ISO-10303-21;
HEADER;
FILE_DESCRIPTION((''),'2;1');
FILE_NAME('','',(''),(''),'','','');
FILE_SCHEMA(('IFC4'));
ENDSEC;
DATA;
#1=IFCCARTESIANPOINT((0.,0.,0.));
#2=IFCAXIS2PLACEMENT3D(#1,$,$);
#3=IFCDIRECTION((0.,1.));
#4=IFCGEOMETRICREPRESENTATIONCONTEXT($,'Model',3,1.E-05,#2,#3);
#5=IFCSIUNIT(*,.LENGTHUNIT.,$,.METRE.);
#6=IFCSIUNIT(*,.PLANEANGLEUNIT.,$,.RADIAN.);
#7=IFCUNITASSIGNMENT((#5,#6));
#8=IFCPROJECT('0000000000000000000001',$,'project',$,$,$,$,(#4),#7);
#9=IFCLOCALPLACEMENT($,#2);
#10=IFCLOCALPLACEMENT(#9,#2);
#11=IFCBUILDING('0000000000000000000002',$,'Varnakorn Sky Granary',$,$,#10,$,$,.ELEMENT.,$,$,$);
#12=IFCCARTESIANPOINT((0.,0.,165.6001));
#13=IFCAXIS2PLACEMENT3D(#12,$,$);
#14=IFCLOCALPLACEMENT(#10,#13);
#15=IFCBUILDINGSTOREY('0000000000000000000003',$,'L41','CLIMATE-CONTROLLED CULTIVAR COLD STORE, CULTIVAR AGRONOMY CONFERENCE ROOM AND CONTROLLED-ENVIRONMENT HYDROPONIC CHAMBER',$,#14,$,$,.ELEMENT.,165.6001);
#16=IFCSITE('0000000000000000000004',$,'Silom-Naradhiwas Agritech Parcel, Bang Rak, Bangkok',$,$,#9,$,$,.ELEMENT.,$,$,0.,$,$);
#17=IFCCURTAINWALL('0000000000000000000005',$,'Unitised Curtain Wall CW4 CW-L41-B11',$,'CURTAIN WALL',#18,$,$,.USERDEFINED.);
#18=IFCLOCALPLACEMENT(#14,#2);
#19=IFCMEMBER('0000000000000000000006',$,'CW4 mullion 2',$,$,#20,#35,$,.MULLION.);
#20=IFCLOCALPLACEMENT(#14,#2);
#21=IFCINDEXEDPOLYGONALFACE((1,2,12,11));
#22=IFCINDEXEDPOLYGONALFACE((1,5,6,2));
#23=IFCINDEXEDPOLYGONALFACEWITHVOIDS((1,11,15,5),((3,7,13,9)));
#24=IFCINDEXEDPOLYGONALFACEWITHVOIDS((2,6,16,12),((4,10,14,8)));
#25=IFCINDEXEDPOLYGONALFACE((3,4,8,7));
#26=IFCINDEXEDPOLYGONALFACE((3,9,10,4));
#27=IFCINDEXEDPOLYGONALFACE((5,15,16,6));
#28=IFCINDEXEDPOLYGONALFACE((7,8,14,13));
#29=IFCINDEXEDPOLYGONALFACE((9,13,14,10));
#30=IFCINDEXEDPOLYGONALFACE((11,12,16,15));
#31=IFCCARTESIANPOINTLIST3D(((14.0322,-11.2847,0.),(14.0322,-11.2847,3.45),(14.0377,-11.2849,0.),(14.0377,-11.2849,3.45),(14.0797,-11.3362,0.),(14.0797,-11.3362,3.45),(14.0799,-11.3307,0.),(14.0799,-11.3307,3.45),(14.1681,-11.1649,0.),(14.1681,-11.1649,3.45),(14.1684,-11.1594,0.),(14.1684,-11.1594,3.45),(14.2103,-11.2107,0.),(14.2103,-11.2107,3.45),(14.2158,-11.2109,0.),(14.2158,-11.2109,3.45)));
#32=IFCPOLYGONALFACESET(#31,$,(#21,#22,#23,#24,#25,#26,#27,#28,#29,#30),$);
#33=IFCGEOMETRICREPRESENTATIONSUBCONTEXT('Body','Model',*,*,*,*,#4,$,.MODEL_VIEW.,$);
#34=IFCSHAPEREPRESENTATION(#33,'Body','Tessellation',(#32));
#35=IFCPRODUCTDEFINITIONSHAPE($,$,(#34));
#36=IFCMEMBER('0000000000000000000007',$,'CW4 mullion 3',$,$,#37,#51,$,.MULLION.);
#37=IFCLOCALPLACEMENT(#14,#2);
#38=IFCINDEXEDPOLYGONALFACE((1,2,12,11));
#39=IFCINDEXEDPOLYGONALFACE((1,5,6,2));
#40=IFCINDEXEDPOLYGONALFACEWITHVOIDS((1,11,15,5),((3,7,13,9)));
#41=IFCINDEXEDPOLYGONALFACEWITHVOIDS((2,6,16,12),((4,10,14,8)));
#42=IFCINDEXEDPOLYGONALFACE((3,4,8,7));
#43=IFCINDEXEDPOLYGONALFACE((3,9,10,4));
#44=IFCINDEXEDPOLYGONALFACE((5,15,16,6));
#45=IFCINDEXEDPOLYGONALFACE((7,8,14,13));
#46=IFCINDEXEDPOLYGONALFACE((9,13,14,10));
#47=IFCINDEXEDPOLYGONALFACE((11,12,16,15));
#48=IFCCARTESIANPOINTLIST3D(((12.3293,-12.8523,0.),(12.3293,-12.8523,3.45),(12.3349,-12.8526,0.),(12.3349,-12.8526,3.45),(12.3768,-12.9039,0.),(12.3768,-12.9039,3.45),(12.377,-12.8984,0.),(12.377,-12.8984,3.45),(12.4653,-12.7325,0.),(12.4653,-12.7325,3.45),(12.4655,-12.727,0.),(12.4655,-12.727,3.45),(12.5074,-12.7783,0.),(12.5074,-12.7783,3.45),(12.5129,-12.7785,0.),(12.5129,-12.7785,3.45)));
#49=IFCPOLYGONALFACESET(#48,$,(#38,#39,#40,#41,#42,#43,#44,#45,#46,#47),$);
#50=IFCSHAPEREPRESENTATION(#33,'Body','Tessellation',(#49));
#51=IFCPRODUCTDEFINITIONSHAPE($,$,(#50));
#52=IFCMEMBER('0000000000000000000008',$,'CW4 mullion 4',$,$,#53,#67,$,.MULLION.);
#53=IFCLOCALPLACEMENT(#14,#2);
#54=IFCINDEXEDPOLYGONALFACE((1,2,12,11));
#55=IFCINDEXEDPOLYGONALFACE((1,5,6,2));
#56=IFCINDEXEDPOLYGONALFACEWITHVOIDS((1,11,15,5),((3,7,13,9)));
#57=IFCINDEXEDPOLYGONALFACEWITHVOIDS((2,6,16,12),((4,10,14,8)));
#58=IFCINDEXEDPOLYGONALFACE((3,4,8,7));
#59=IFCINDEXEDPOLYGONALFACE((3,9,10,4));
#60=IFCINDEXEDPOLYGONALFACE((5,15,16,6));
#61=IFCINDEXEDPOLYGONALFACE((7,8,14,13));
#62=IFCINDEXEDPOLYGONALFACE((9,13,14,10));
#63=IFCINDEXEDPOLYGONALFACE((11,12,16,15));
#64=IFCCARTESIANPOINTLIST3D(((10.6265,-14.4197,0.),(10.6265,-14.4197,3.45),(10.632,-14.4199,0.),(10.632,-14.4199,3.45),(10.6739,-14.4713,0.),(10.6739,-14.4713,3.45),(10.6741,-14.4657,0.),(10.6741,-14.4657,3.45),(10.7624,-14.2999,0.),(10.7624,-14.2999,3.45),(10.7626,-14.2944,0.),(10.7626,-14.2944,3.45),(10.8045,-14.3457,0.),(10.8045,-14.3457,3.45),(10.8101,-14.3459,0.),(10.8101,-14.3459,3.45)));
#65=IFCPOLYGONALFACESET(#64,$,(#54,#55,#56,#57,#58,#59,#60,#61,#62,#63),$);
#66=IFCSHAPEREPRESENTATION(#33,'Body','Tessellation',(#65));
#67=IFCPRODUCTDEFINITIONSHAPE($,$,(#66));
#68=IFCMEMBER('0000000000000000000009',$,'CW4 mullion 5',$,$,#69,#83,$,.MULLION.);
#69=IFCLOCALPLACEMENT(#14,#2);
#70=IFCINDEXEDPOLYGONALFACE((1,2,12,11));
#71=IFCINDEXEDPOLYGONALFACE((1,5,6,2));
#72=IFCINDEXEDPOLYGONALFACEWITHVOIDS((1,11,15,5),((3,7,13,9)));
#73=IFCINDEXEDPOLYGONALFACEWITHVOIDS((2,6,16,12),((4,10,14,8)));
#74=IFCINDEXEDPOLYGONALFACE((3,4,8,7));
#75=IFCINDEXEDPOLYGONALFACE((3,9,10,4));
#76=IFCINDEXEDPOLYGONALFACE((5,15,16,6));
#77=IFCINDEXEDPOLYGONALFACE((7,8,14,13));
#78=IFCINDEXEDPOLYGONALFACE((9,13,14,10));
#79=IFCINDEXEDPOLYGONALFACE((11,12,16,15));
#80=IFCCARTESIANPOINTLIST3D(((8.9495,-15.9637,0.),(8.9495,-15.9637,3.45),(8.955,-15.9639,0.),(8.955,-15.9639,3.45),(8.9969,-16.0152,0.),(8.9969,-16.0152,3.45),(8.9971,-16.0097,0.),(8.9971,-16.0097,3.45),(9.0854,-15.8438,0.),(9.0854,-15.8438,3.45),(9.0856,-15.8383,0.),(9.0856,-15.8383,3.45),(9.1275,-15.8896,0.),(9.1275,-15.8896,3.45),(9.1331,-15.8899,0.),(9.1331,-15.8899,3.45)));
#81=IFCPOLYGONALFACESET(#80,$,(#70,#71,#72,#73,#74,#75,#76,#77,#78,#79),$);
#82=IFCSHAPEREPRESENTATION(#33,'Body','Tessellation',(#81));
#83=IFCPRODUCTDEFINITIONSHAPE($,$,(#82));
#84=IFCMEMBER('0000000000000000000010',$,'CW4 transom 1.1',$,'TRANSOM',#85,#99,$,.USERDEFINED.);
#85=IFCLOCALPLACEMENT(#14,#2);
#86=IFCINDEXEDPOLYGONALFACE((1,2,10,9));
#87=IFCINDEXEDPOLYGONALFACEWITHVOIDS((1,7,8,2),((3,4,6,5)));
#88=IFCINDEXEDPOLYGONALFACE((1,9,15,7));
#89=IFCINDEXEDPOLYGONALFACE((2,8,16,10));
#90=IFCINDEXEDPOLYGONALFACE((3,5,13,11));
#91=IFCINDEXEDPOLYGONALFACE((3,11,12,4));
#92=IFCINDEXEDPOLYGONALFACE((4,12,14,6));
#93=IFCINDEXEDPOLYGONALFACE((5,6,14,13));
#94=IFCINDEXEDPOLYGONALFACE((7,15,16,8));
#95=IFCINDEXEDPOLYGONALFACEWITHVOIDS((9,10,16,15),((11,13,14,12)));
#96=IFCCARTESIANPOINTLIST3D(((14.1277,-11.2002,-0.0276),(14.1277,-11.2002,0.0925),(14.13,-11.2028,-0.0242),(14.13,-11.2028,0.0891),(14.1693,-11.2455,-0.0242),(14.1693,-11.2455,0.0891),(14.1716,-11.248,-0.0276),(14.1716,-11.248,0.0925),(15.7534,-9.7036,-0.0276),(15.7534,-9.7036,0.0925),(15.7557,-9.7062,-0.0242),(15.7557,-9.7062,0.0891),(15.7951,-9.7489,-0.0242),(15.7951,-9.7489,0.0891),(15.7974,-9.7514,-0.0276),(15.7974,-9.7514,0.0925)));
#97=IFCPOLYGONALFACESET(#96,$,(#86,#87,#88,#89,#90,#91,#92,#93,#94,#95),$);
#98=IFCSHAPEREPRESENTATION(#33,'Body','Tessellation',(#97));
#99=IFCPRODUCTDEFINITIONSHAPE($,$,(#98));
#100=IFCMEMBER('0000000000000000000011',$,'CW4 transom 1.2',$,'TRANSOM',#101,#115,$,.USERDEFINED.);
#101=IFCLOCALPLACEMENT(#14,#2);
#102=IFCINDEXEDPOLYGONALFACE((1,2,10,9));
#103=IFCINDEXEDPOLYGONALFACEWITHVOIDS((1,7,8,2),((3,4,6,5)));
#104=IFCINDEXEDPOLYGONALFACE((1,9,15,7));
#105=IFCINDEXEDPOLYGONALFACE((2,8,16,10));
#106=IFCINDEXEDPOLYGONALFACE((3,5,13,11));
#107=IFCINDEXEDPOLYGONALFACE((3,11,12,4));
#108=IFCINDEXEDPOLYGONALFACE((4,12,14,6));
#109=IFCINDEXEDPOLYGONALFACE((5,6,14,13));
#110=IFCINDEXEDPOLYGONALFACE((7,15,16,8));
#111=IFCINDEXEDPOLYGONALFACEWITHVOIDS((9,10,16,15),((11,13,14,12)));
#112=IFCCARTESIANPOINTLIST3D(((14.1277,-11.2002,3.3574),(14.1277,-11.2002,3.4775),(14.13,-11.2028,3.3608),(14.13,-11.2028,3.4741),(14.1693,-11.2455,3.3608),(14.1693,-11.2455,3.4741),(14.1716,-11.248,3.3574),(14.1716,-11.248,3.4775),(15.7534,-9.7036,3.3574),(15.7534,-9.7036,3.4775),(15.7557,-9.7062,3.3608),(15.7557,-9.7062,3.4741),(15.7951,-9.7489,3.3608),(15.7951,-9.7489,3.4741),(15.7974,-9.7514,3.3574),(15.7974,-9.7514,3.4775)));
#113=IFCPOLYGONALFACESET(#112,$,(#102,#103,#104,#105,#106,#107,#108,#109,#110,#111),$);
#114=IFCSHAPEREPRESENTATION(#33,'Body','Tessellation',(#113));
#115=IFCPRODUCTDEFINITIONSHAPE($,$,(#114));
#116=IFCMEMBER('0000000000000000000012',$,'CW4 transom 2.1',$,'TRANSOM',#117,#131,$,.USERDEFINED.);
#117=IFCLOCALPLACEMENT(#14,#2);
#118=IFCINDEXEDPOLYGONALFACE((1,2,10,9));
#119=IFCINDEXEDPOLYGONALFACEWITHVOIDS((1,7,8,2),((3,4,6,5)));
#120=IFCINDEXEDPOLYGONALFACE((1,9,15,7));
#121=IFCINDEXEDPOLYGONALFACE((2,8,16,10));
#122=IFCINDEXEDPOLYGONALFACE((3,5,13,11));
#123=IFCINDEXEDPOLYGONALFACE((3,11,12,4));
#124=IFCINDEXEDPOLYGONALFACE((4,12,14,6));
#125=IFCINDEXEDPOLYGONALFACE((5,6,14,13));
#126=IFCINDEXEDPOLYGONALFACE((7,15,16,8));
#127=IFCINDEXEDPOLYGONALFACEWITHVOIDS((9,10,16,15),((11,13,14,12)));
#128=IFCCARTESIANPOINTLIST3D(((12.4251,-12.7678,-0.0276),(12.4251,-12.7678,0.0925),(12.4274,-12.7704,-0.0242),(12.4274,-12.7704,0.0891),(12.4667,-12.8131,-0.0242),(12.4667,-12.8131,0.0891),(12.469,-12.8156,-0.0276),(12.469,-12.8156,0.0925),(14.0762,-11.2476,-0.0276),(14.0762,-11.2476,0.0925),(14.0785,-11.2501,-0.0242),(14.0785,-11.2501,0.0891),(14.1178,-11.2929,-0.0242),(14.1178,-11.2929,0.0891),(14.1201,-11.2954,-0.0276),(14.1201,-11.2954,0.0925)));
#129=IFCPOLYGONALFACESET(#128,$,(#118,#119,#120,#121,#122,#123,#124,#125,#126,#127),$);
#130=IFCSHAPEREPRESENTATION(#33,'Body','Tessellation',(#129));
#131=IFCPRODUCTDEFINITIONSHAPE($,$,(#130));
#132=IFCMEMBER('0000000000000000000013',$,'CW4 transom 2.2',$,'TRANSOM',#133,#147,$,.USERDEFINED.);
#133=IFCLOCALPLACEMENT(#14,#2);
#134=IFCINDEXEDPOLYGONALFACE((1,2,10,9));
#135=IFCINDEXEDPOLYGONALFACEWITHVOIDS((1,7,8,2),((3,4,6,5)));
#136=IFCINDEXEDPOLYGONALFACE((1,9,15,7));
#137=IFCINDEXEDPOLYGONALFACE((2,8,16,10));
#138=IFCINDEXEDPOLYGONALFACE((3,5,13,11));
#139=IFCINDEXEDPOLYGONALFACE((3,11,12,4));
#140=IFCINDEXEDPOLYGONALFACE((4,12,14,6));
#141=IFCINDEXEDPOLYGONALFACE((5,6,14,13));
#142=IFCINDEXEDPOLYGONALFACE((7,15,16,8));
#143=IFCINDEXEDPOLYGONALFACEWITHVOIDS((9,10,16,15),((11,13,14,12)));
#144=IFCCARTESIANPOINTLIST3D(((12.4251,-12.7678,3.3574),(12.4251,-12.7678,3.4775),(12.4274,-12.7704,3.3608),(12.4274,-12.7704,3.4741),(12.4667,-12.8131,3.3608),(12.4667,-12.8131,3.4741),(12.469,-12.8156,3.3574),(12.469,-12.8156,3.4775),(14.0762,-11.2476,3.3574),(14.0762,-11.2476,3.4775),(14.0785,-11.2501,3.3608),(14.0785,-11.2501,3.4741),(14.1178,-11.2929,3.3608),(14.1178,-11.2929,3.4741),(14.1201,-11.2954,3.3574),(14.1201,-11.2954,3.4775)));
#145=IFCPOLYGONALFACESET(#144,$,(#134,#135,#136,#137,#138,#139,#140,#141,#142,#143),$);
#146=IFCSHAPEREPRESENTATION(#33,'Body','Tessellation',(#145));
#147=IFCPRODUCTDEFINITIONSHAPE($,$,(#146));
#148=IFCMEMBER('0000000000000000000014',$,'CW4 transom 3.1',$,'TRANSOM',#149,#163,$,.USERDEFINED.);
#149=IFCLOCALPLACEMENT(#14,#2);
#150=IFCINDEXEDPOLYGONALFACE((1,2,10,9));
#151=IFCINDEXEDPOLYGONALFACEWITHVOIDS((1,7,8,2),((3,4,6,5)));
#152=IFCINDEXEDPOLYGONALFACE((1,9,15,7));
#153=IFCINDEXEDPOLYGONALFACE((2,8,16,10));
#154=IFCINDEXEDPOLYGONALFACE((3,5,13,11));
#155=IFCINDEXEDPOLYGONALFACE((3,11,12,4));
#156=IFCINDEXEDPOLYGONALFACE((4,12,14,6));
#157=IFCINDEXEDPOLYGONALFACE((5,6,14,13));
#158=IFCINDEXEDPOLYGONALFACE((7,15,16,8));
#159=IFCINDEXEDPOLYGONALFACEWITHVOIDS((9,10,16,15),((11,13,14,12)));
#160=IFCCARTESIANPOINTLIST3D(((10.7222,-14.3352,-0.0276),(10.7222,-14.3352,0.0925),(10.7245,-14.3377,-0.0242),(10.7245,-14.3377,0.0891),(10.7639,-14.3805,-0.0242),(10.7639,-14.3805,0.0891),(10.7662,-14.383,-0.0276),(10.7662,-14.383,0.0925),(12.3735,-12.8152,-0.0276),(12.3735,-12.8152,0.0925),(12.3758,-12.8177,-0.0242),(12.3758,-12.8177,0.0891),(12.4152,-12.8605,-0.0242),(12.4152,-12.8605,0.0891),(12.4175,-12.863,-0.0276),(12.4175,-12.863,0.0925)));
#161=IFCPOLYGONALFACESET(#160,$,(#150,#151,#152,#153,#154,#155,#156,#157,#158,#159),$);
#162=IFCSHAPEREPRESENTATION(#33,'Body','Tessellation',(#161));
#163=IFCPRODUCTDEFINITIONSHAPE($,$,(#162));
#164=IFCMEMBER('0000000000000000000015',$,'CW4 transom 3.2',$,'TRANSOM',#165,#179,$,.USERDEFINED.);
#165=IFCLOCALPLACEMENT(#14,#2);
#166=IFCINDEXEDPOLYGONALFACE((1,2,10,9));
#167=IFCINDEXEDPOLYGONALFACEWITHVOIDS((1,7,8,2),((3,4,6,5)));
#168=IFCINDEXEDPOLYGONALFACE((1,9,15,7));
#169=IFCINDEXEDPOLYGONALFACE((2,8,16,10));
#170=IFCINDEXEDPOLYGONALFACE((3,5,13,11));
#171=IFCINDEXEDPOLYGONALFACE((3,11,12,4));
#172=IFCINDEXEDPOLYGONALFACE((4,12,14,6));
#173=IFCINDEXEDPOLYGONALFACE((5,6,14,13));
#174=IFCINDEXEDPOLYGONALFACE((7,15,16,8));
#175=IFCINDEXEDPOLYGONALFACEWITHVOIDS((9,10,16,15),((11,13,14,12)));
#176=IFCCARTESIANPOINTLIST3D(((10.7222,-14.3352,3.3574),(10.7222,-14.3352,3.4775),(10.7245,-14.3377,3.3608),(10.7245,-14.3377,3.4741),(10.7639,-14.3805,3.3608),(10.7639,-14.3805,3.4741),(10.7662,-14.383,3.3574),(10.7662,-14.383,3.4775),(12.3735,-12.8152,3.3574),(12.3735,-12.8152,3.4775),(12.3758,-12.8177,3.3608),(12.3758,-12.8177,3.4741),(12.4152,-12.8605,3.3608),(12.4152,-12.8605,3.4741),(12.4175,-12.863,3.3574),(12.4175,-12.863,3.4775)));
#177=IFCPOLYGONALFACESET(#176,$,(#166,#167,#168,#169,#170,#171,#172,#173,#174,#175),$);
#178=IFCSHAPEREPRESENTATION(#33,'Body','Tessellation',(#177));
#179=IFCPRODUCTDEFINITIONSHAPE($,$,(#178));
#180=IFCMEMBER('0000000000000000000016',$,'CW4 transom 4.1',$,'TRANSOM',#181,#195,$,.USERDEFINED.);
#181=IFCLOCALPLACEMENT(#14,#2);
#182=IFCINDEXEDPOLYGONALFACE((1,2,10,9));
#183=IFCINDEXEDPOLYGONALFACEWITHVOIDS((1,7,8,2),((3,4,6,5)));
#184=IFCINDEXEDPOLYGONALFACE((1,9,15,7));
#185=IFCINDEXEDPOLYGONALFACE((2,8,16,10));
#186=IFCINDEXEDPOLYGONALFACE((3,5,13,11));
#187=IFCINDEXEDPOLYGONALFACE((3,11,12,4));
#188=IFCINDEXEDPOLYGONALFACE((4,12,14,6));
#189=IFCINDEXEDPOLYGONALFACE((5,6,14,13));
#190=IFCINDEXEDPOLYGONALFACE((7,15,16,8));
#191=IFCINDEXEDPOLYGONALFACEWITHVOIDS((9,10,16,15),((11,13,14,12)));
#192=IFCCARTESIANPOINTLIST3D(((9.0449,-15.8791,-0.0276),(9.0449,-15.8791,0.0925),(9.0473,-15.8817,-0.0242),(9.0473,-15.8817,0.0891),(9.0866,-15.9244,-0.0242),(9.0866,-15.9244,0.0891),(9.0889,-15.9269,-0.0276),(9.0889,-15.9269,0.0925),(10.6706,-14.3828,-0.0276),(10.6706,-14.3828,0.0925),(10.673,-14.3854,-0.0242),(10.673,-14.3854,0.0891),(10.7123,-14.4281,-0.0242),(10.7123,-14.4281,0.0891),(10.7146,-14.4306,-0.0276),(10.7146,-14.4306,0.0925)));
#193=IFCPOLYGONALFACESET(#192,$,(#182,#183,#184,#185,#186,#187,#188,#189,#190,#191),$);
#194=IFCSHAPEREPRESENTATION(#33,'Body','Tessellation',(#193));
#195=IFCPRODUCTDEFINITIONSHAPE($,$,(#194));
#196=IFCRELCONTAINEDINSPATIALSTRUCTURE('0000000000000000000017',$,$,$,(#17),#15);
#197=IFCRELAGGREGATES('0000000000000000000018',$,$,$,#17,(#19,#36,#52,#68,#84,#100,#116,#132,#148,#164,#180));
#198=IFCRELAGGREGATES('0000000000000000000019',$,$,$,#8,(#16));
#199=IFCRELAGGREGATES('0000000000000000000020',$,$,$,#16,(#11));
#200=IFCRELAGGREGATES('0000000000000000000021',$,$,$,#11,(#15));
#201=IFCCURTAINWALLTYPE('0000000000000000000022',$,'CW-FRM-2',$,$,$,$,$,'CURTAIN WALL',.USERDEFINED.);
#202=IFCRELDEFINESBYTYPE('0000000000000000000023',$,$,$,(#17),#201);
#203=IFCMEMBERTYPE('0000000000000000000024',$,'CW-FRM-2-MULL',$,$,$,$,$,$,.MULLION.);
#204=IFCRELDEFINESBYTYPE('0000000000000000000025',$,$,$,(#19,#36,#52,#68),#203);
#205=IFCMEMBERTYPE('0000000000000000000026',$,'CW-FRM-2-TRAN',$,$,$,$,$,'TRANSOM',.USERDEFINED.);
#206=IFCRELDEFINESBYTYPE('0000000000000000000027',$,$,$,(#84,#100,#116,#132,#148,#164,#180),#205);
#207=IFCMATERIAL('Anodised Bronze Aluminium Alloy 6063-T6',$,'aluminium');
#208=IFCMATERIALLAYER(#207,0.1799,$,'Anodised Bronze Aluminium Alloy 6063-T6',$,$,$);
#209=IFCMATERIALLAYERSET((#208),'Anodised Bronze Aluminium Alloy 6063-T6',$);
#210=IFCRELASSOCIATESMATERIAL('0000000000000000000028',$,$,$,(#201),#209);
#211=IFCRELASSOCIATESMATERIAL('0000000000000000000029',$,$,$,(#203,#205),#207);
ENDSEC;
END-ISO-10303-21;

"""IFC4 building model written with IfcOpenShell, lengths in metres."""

from ifc_helpers import new_model, si_unit, direction, frame, origin, origin_2d, place, context, subcontext, project, spatial, hollow_rectangle, extrude, material, layer, layer_set, material_profile, profile_set, type_object, element, aggregate, save


model = new_model("IFC4")

# Units and contexts
model_context = context("Model", 3, precision=1e-05, world=origin(), true_north=direction((0.0, 1.0)))
body_context = subcontext(model_context, "Body", "Model", "MODEL_VIEW")
ifc_project = project(units=[si_unit("LENGTHUNIT", "METRE"), si_unit("PLANEANGLEUNIT", "RADIAN")], contexts=[model_context])

# Site, building, storey
site_placement = place(None, origin())
site = spatial("IfcSite", under=ifc_project, at=site_placement, Name="Silom-Naradhiwas Agritech Parcel, Bang Rak, Bangkok", CompositionType="ELEMENT", RefElevation=0.0)
building_placement = place(site_placement, origin())
building = spatial("IfcBuilding", under=site, at=building_placement, Name="Varnakorn Sky Granary", CompositionType="ELEMENT")
storey_placement = place(building_placement, frame((0.0, 0.0, 165.6001)))
storey = spatial("IfcBuildingStorey", under=building, at=storey_placement, Name="L41", Description="CLIMATE-CONTROLLED CULTIVAR COLD STORE, CULTIVAR AGRONOMY CONFERENCE ROOM AND CONTROLLED-ENVIRONMENT HYDROPONIC CHAMBER", CompositionType="ELEMENT", Elevation=165.6001)

# Curtain wall, members
ifc_material_1 = material(Name="Anodised Bronze Aluminium Alloy 6063-T6", Category="aluminium")
ifc_layer_1 = layer(ifc_material_1, 0.1799, Name="Anodised Bronze Aluminium Alloy 6063-T6")
ifc_layer_set_1 = layer_set([ifc_layer_1], Name="Anodised Bronze Aluminium Alloy 6063-T6")
curtain_wall_type = type_object("IfcCurtainWallType", Name="CW-FRM-2", ElementType="CURTAIN WALL", PredefinedType="USERDEFINED", material=ifc_layer_set_1)
curtain_wall_placement = place(storey_placement, origin())
curtain_wall = element("IfcCurtainWall", 1, at=curtain_wall_placement, inside=storey, type_object=curtain_wall_type, Name="Unitised Curtain Wall CW4 CW-L41-B11", ObjectType="CURTAIN WALL", PredefinedType="USERDEFINED")
ifc_material_profile_1 = material_profile(ifc_material_1, hollow_rectangle(XDim=0.0701, YDim=0.1851, WallThickness=0.0039, at=origin_2d()), Name="ALU MULL 70x185")
ifc_profile_set_1 = profile_set([ifc_material_profile_1], Name="Anodised Bronze Aluminium Alloy 6063-T6")
member_type_1 = type_object("IfcMemberType", Name="CW-FRM-2-MULL", PredefinedType="MULLION", material=ifc_profile_set_1)
member_1_placement = place(storey_placement, frame((14.124, -11.2478, 0.0), z_axis=(0.0, 0.0, 1.0), x_axis=(0.677285, -0.735721, 0.0)))
member_1 = element("IfcMember", 2, at=member_1_placement, type_object=member_type_1, Name="CW4 mullion 2", PredefinedType="MULLION", context=body_context, shape_type="SweptSolid", body=[
    extrude(hollow_rectangle(XDim=0.0701, YDim=0.1851, WallThickness=0.0039, at=origin_2d()), origin(), (0.0, 0.0, 1.0), 3.45),
])
member_2_placement = place(storey_placement, frame((12.4211, -12.8154, 0.0), z_axis=(0.0, 0.0, 1.0), x_axis=(0.677285, -0.735721, 0.0)))
member_2 = element("IfcMember", 3, at=member_2_placement, type_object=member_type_1, Name="CW4 mullion 3", PredefinedType="MULLION", context=body_context, shape_type="SweptSolid", body=[
    extrude(hollow_rectangle(XDim=0.0701, YDim=0.1851, WallThickness=0.0039, at=origin_2d()), origin(), (0.0, 0.0, 1.0), 3.45),
])
member_3_placement = place(storey_placement, frame((10.7183, -14.3828, 0.0), z_axis=(0.0, 0.0, 1.0), x_axis=(0.677285, -0.735721, 0.0)))
member_3 = element("IfcMember", 4, at=member_3_placement, type_object=member_type_1, Name="CW4 mullion 4", PredefinedType="MULLION", context=body_context, shape_type="SweptSolid", body=[
    extrude(hollow_rectangle(XDim=0.0701, YDim=0.1851, WallThickness=0.0039, at=origin_2d()), origin(), (0.0, 0.0, 1.0), 3.45),
])
member_4_placement = place(storey_placement, frame((9.0413, -15.9268, 0.0), z_axis=(0.0, 0.0, 1.0), x_axis=(0.677285, -0.735721, 0.0)))
member_4 = element("IfcMember", 5, at=member_4_placement, type_object=member_type_1, Name="CW4 mullion 5", PredefinedType="MULLION", context=body_context, shape_type="SweptSolid", body=[
    extrude(hollow_rectangle(XDim=0.0701, YDim=0.1851, WallThickness=0.0039, at=origin_2d()), origin(), (0.0, 0.0, 1.0), 3.45),
])
ifc_material_profile_2 = material_profile(ifc_material_1, hollow_rectangle(XDim=0.0649, YDim=0.1201, WallThickness=0.0034, at=origin_2d()), Name="ALU TRAN 65x120")
ifc_profile_set_2 = profile_set([ifc_material_profile_2], Name="Anodised Bronze Aluminium Alloy 6063-T6")
member_type_2 = type_object("IfcMemberType", Name="CW-FRM-2-TRAN", ElementType="TRANSOM", PredefinedType="USERDEFINED", material=ifc_profile_set_2)
member_5_placement = place(storey_placement, frame((15.7754, -9.7275, 0.0325), z_axis=(-0.735726, -0.677279, 0.0), x_axis=(0.677279, -0.735726, 0.0)))
member_5 = element("IfcMember", 6, at=member_5_placement, type_object=member_type_2, Name="CW4 transom 1.1", ObjectType="TRANSOM", PredefinedType="USERDEFINED", context=body_context, shape_type="SweptSolid", body=[
    extrude(hollow_rectangle(XDim=0.0649, YDim=0.1201, WallThickness=0.0034, at=origin_2d()), origin(), (0.0, 0.0, 1.0), 2.2097),
])
member_6_placement = place(storey_placement, frame((15.7754, -9.7275, 3.4175), z_axis=(-0.735726, -0.677279, 0.0), x_axis=(0.677279, -0.735726, 0.0)))
member_6 = element("IfcMember", 7, at=member_6_placement, type_object=member_type_2, Name="CW4 transom 1.2", ObjectType="TRANSOM", PredefinedType="USERDEFINED", context=body_context, shape_type="SweptSolid", body=[
    extrude(hollow_rectangle(XDim=0.0649, YDim=0.1201, WallThickness=0.0034, at=origin_2d()), origin(), (0.0, 0.0, 1.0), 2.2097),
])
member_7_placement = place(storey_placement, frame((14.0981, -11.2715, 0.0325), z_axis=(-0.735658, -0.677353, 0.0), x_axis=(0.677353, -0.735658, 0.0)))
member_7 = element("IfcMember", 8, at=member_7_placement, type_object=member_type_2, Name="CW4 transom 2.1", ObjectType="TRANSOM", PredefinedType="USERDEFINED", context=body_context, shape_type="SweptSolid", body=[
    extrude(hollow_rectangle(XDim=0.0649, YDim=0.1201, WallThickness=0.0034, at=origin_2d()), origin(), (0.0, 0.0, 1.0), 2.2444),
])
member_8_placement = place(storey_placement, frame((14.0981, -11.2715, 3.4175), z_axis=(-0.735658, -0.677353, 0.0), x_axis=(0.677353, -0.735658, 0.0)))
member_8 = element("IfcMember", 9, at=member_8_placement, type_object=member_type_2, Name="CW4 transom 2.2", ObjectType="TRANSOM", PredefinedType="USERDEFINED", context=body_context, shape_type="SweptSolid", body=[
    extrude(hollow_rectangle(XDim=0.0649, YDim=0.1201, WallThickness=0.0034, at=origin_2d()), origin(), (0.0, 0.0, 1.0), 2.2444),
])
member_9_placement = place(storey_placement, frame((12.3955, -12.8391, 0.0325), z_axis=(-0.735762, -0.67724, 0.0), x_axis=(0.67724, -0.735762, 0.0)))
member_9 = element("IfcMember", 10, at=member_9_placement, type_object=member_type_2, Name="CW4 transom 3.1", ObjectType="TRANSOM", PredefinedType="USERDEFINED", context=body_context, shape_type="SweptSolid", body=[
    extrude(hollow_rectangle(XDim=0.0649, YDim=0.1201, WallThickness=0.0034, at=origin_2d()), origin(), (0.0, 0.0, 1.0), 2.2444),
])
member_10_placement = place(storey_placement, frame((12.3955, -12.8391, 3.4175), z_axis=(-0.735762, -0.67724, 0.0), x_axis=(0.67724, -0.735762, 0.0)))
member_10 = element("IfcMember", 11, at=member_10_placement, type_object=member_type_2, Name="CW4 transom 3.2", ObjectType="TRANSOM", PredefinedType="USERDEFINED", context=body_context, shape_type="SweptSolid", body=[
    extrude(hollow_rectangle(XDim=0.0649, YDim=0.1201, WallThickness=0.0034, at=origin_2d()), origin(), (0.0, 0.0, 1.0), 2.2444),
])
member_11_placement = place(storey_placement, frame((10.6926, -14.4067, 0.0325), z_axis=(-0.735781, -0.677219, 0.0), x_axis=(0.677219, -0.735781, 0.0)))
member_11 = element("IfcMember", 12, at=member_11_placement, type_object=member_type_2, Name="CW4 transom 4.1", ObjectType="TRANSOM", PredefinedType="USERDEFINED", context=body_context, shape_type="SweptSolid", body=[
    extrude(hollow_rectangle(XDim=0.0649, YDim=0.1201, WallThickness=0.0034, at=origin_2d()), origin(), (0.0, 0.0, 1.0), 2.2095),
])

aggregate(curtain_wall, [member_1, member_2, member_3, member_4, member_5, member_6, member_7, member_8, member_9, member_10, member_11])

save(model, "model.ifc")
